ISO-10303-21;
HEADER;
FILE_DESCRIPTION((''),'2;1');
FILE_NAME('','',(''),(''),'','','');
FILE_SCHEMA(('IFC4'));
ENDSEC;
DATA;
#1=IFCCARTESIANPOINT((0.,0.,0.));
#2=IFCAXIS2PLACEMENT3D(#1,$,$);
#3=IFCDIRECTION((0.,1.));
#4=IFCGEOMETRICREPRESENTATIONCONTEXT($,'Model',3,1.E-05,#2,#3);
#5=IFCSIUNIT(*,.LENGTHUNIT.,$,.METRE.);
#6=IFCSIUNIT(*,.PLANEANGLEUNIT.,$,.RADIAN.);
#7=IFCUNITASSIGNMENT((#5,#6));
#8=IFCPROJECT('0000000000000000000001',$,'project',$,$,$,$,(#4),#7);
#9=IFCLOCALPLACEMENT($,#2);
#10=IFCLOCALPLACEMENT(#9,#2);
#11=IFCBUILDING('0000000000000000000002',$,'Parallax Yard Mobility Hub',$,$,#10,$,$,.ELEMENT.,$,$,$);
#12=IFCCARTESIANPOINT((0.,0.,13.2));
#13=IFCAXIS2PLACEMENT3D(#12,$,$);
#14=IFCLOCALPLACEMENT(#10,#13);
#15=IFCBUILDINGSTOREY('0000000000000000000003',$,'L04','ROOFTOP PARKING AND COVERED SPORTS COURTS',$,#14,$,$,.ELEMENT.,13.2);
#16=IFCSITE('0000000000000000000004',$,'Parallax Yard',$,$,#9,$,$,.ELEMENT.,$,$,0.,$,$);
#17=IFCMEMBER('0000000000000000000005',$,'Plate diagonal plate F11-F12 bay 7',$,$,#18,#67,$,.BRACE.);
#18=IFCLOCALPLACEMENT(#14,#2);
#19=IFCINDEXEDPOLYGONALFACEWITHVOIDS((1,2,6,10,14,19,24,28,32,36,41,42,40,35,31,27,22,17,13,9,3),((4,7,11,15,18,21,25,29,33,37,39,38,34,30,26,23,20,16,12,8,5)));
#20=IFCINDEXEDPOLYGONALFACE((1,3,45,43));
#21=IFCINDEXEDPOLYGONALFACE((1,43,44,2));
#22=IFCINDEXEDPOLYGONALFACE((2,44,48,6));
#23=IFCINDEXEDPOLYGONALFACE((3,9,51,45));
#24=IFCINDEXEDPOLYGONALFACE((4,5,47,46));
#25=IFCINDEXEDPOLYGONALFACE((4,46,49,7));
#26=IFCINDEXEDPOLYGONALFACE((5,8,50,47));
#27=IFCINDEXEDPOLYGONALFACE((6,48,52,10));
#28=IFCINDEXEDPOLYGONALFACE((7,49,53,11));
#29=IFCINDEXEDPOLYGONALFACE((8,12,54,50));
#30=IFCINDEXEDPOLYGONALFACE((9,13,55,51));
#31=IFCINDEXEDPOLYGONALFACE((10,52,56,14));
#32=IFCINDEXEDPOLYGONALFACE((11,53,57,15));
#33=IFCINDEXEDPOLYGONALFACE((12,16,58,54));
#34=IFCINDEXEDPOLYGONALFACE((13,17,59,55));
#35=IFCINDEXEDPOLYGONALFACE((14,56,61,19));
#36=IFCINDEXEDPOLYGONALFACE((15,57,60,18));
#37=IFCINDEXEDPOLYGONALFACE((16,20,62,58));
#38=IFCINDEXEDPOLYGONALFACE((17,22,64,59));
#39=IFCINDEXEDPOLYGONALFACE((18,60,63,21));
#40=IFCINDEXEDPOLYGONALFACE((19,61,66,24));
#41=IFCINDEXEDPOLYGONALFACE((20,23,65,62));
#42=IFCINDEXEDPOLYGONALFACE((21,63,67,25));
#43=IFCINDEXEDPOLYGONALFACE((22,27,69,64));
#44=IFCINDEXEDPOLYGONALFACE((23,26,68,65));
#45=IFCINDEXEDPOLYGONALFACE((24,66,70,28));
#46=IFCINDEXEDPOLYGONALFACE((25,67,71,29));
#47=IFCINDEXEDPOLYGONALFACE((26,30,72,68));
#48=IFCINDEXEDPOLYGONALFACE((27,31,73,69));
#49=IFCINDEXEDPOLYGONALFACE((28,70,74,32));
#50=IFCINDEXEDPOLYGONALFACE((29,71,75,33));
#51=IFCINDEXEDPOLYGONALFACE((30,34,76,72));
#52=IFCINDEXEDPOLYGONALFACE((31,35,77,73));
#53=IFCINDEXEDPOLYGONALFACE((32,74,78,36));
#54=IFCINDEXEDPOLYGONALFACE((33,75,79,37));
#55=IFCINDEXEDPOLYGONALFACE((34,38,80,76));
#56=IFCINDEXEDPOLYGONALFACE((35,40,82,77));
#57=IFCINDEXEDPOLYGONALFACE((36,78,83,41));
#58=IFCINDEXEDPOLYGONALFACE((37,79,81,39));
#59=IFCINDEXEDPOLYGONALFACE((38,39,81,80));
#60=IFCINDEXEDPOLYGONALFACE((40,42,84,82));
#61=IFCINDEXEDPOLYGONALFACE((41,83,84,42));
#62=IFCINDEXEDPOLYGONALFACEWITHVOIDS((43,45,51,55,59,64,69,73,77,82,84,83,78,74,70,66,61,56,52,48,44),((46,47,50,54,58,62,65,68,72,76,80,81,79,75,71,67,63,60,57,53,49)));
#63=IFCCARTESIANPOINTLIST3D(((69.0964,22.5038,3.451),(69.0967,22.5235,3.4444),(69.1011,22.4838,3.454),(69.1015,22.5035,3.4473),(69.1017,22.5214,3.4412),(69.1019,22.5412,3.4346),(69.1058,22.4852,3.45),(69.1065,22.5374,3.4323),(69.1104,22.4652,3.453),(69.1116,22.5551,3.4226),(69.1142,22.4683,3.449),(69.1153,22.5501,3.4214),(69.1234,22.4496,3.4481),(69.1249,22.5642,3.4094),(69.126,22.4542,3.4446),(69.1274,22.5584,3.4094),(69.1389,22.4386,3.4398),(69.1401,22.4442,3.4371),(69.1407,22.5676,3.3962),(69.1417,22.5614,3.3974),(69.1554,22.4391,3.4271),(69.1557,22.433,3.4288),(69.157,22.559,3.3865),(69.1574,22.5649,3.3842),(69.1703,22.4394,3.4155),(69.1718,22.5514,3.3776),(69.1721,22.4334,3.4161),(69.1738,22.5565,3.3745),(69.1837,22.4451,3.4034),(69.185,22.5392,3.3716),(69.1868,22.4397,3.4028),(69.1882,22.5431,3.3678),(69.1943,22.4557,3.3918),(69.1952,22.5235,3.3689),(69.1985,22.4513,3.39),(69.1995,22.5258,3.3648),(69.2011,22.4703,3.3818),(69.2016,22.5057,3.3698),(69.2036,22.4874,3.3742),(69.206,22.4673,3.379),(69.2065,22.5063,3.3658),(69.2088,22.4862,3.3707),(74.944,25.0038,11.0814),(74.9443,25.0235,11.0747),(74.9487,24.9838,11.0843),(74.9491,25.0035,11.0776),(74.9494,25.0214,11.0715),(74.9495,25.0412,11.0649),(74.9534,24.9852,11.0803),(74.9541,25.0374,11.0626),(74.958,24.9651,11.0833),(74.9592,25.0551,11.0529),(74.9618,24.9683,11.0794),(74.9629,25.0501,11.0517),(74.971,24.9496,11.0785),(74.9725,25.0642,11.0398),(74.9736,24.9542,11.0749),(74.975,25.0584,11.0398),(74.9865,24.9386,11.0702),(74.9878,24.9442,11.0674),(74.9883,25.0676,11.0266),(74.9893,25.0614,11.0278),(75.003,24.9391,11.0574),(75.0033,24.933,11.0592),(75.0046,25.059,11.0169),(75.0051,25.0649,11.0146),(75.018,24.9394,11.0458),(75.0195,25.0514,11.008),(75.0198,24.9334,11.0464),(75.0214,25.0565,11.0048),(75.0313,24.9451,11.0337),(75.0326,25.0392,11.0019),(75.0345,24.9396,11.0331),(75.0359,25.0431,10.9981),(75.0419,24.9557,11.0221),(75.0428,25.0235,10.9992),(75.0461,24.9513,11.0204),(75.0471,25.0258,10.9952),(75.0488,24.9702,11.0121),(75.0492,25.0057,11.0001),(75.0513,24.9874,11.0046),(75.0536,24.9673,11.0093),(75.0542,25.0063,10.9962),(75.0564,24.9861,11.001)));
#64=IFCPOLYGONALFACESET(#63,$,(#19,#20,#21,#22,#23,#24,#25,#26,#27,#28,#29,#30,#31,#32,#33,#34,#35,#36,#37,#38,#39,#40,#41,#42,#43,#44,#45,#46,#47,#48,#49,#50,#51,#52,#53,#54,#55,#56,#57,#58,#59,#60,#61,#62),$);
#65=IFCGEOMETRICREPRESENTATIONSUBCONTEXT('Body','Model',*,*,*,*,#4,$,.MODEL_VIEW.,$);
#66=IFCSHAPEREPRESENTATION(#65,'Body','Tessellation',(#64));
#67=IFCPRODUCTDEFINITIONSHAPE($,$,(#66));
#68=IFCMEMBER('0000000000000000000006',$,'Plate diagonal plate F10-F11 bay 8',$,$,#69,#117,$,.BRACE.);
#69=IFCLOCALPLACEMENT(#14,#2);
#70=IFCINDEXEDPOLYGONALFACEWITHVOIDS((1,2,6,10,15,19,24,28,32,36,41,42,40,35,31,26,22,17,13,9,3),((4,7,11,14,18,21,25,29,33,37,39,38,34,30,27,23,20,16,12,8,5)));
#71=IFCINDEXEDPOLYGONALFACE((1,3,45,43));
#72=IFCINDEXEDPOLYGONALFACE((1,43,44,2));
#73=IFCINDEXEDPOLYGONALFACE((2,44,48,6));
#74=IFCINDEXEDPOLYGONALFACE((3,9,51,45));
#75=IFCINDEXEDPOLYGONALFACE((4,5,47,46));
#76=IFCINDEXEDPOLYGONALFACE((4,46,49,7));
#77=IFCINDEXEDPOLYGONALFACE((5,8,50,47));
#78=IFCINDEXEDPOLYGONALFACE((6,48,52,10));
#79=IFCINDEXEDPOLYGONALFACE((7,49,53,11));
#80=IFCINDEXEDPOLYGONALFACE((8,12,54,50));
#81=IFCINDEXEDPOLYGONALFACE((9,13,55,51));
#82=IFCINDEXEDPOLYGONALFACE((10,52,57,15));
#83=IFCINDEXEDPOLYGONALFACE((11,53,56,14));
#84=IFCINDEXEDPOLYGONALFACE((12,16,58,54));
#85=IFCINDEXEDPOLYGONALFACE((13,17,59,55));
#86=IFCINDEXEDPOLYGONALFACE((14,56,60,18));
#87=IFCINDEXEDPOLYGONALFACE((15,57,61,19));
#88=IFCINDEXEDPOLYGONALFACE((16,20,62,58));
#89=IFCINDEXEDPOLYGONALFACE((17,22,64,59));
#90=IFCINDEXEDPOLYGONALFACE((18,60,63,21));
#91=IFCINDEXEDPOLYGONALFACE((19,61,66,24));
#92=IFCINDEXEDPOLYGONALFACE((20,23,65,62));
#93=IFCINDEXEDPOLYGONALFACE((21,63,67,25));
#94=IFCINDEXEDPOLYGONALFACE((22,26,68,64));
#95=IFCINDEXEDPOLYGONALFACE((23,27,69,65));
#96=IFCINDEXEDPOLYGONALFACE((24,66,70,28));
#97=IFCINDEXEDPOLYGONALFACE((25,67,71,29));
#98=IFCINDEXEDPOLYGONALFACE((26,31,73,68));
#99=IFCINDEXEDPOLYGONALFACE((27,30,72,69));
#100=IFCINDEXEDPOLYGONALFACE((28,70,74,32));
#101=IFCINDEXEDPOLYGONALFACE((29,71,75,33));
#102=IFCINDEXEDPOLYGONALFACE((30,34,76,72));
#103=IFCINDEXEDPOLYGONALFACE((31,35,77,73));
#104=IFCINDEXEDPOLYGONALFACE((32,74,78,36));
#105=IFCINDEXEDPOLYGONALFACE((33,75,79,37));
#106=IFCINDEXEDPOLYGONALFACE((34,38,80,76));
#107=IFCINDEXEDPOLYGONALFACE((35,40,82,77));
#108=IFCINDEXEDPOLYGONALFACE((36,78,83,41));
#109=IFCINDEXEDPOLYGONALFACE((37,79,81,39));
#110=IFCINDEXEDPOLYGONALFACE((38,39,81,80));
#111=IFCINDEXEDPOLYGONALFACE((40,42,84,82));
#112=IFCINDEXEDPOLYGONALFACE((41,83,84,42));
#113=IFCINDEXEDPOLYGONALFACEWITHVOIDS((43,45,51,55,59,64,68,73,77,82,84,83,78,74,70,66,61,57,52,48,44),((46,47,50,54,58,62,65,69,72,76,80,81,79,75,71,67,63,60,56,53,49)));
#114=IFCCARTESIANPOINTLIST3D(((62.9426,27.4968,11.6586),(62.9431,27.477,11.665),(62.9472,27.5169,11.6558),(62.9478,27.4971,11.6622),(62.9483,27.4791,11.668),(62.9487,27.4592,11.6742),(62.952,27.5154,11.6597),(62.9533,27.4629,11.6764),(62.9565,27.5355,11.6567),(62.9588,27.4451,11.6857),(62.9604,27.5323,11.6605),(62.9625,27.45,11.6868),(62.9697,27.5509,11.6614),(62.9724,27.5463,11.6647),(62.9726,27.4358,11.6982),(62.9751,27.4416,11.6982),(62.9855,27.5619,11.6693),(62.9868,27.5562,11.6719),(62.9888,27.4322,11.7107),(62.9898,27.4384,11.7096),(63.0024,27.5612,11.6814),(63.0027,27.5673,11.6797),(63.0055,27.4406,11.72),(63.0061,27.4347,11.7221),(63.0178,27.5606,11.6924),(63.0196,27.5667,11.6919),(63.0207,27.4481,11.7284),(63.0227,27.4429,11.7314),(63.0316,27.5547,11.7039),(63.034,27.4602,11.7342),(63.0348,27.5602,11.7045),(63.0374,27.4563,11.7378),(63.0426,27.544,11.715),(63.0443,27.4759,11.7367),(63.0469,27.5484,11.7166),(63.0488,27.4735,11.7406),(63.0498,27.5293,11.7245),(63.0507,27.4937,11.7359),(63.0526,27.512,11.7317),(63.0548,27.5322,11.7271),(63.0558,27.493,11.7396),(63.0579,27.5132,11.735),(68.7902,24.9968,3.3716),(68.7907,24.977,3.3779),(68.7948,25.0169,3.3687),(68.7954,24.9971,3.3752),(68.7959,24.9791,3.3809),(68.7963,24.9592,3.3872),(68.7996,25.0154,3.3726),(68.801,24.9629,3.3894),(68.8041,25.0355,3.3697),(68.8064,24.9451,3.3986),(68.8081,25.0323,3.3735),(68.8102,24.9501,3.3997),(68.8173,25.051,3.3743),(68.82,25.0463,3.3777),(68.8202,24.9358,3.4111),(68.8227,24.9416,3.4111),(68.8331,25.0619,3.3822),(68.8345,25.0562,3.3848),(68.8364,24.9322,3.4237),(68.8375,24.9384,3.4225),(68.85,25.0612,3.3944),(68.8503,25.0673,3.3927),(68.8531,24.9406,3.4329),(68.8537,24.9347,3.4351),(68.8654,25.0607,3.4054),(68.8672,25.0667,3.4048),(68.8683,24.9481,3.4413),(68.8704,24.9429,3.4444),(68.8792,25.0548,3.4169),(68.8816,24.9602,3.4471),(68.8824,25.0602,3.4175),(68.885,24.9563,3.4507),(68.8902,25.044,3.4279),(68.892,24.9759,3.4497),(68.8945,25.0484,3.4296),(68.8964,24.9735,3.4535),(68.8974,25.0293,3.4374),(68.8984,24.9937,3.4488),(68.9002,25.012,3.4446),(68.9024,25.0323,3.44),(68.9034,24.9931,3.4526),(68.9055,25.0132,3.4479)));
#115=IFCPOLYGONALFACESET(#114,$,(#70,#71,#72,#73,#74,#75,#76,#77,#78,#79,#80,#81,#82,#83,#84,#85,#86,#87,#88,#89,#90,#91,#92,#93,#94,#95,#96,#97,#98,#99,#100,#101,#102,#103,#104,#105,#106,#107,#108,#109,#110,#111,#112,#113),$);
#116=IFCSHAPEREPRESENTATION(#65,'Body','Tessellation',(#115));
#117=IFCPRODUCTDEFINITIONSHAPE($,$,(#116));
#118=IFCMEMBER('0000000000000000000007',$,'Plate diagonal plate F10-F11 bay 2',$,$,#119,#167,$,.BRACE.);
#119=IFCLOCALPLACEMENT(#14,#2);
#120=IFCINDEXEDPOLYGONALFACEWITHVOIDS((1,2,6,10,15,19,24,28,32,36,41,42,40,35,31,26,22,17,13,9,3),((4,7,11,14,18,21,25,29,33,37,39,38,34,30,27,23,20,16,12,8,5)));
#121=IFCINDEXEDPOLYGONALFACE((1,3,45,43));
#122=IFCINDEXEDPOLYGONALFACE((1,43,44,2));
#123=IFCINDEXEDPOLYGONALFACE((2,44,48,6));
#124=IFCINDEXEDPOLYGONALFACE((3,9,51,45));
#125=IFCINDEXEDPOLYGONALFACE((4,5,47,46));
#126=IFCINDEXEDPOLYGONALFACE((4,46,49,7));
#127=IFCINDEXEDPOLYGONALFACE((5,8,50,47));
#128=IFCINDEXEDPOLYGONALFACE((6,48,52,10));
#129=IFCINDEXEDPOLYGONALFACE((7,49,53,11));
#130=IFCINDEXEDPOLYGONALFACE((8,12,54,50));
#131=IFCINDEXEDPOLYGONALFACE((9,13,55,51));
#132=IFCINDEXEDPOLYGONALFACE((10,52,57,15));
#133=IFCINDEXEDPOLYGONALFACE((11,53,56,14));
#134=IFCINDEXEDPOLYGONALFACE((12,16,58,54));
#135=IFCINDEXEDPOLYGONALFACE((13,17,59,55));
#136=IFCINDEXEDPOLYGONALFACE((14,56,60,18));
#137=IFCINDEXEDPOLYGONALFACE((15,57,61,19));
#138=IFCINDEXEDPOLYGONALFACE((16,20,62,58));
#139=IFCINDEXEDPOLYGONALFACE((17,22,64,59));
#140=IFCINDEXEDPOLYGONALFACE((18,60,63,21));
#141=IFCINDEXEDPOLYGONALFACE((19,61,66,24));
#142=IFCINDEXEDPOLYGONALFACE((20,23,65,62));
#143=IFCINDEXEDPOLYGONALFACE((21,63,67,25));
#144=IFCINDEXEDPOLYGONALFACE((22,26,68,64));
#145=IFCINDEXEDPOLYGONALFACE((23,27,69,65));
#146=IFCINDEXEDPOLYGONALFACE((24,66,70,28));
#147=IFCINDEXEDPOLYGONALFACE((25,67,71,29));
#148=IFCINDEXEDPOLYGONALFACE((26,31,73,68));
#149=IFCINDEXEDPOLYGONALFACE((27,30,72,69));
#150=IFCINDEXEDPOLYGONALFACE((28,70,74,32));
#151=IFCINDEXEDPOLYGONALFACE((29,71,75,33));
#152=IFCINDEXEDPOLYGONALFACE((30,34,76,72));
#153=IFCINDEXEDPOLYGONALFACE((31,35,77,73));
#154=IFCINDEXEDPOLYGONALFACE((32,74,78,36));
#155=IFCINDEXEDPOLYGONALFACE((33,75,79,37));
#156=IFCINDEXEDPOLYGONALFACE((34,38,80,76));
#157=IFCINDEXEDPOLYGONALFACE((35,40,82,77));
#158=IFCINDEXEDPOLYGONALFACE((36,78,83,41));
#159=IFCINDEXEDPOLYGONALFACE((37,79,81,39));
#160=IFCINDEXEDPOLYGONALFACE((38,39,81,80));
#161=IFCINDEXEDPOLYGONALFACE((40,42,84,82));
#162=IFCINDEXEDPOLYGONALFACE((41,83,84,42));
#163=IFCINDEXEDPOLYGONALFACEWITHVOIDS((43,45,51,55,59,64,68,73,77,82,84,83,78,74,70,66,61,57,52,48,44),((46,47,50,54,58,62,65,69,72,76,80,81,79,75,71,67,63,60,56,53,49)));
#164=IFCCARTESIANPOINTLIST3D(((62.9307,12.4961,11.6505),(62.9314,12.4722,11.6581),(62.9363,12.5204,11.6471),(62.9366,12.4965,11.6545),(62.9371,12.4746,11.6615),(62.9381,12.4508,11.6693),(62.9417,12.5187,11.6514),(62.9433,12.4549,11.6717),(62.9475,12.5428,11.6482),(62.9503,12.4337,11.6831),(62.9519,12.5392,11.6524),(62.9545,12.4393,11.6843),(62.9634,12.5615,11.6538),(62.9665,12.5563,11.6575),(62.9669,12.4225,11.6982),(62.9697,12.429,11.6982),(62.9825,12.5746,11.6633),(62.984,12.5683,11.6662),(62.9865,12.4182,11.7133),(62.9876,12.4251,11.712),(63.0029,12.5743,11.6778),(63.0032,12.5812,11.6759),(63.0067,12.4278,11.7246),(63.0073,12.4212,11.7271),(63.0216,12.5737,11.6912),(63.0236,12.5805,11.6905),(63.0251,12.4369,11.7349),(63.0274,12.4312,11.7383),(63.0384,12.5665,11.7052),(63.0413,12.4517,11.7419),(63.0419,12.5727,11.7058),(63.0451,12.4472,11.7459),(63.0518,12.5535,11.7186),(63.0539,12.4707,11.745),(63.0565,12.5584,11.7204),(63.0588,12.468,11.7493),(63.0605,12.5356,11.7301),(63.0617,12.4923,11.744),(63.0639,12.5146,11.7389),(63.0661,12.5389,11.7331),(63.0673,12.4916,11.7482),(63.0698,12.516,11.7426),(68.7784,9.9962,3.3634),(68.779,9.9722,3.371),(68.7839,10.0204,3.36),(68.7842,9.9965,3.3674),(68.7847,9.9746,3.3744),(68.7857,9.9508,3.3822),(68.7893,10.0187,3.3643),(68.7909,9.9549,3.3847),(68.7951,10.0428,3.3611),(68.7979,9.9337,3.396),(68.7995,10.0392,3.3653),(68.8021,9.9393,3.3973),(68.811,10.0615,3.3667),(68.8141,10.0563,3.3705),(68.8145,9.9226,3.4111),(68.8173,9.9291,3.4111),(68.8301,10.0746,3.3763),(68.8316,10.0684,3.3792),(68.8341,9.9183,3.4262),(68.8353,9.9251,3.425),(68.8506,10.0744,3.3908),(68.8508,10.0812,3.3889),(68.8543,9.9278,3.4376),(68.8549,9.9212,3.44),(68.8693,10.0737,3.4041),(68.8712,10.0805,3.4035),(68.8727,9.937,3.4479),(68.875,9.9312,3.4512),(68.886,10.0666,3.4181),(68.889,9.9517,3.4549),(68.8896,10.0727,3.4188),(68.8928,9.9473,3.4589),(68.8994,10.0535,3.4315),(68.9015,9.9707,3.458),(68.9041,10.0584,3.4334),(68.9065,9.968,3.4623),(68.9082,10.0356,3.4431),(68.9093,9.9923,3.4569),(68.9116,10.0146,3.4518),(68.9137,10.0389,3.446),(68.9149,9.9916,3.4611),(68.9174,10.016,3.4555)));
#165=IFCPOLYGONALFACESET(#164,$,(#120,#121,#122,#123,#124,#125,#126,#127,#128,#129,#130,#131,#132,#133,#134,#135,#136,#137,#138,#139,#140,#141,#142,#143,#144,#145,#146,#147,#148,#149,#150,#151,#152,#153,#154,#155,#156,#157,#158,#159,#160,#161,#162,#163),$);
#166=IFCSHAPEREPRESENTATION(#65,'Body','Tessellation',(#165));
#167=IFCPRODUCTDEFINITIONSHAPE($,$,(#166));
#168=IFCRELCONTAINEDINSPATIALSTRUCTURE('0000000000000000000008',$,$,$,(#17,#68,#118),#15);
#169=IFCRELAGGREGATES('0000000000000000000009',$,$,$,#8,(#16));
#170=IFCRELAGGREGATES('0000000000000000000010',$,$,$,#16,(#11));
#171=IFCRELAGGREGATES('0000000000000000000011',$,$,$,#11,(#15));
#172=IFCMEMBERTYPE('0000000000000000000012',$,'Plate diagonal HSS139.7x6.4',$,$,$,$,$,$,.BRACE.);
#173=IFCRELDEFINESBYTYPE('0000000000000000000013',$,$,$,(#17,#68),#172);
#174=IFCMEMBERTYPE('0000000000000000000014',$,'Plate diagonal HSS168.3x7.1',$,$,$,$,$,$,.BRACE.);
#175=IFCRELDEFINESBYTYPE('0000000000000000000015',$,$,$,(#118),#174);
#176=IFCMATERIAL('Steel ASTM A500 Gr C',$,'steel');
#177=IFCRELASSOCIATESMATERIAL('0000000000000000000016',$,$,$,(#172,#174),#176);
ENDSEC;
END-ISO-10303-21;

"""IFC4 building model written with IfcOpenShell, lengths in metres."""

from ifc_helpers import new_model, si_unit, direction, frame, origin, origin_2d, place, context, subcontext, project, spatial, hollow_circle, extrude, material, material_profile, profile_set, type_object, element, save


model = new_model("IFC4")

# Units and contexts
model_context = context("Model", 3, precision=1e-05, world=origin(), true_north=direction((0.0, 1.0)))
body_context = subcontext(model_context, "Body", "Model", "MODEL_VIEW")
ifc_project = project(units=[si_unit("LENGTHUNIT", "METRE"), si_unit("PLANEANGLEUNIT", "RADIAN")], contexts=[model_context])

# Site, building, storey
site_placement = place(None, origin())
site = spatial("IfcSite", under=ifc_project, at=site_placement, Name="Parallax Yard", CompositionType="ELEMENT", RefElevation=0.0)
building_placement = place(site_placement, origin())
building = spatial("IfcBuilding", under=site, at=building_placement, Name="Parallax Yard Mobility Hub", CompositionType="ELEMENT")
storey_placement = place(building_placement, frame((0.0, 0.0, 13.2)))
storey = spatial("IfcBuildingStorey", under=building, at=storey_placement, Name="L04", Description="ROOFTOP PARKING AND COVERED SPORTS COURTS", CompositionType="ELEMENT", Elevation=13.2)

# Members
ifc_material_1 = material(Name="Steel ASTM A500 Gr C", Category="steel")
ifc_material_profile_1 = material_profile(ifc_material_1, hollow_circle(Radius=0.0698, WallThickness=0.0063, at=origin_2d()), Name="HSS139.7x6.4")
ifc_profile_set_1 = profile_set([ifc_material_profile_1], Name="Steel ASTM A500 Gr C")
member_type_1 = type_object("IfcMemberType", Name="Plate diagonal HSS139.7x6.4", PredefinedType="BRACE", material=ifc_profile_set_1)
member_1_placement = place(storey_placement, frame((69.1523, 22.5, 3.4094), z_axis=(0.588701, 0.251682, 0.768172), x_axis=(-0.393104, 0.919494, 0.0)))
element("IfcMember", 1, at=member_1_placement, inside=storey, type_object=member_type_1, Name="Plate diagonal plate F11-F12 bay 7", PredefinedType="BRACE", context=body_context, shape_type="SweptSolid", body=[
    extrude(hollow_circle(Radius=0.0698, WallThickness=0.0063, at=origin_2d()), origin(), (0.0, 0.0, 1.0), 9.9331),
])
member_2_placement = place(storey_placement, frame((68.8477, 25.0, 3.4111), z_axis=(-0.559793, 0.239323, 0.79332), x_axis=(-0.393104, -0.919494, 0.0)))
element("IfcMember", 2, at=member_2_placement, inside=storey, type_object=member_type_1, Name="Plate diagonal plate F10-F11 bay 8", PredefinedType="BRACE", context=body_context, shape_type="SweptSolid", body=[
    extrude(hollow_circle(Radius=0.0698, WallThickness=0.0063, at=origin_2d()), origin(), (0.0, 0.0, 1.0), 10.446),
])
ifc_material_profile_2 = material_profile(ifc_material_1, hollow_circle(Radius=0.0842, WallThickness=0.0071, at=origin_2d()), Name="HSS168.3x7.1")
ifc_profile_set_2 = profile_set([ifc_material_profile_2], Name="Steel ASTM A500 Gr C")
member_type_2 = type_object("IfcMemberType", Name="Plate diagonal HSS168.3x7.1", PredefinedType="BRACE", material=ifc_profile_set_2)
member_3_placement = place(storey_placement, frame((68.8477, 10.0, 3.4111), z_axis=(-0.559793, 0.239323, 0.79332), x_axis=(-0.393104, -0.919494, 0.0)))
element("IfcMember", 3, at=member_3_placement, inside=storey, type_object=member_type_2, Name="Plate diagonal plate F10-F11 bay 2", PredefinedType="BRACE", context=body_context, shape_type="SweptSolid", body=[
    extrude(hollow_circle(Radius=0.0842, WallThickness=0.0071, at=origin_2d()), origin(), (0.0, 0.0, 1.0), 10.446),
])

save(model, "model.ifc")
